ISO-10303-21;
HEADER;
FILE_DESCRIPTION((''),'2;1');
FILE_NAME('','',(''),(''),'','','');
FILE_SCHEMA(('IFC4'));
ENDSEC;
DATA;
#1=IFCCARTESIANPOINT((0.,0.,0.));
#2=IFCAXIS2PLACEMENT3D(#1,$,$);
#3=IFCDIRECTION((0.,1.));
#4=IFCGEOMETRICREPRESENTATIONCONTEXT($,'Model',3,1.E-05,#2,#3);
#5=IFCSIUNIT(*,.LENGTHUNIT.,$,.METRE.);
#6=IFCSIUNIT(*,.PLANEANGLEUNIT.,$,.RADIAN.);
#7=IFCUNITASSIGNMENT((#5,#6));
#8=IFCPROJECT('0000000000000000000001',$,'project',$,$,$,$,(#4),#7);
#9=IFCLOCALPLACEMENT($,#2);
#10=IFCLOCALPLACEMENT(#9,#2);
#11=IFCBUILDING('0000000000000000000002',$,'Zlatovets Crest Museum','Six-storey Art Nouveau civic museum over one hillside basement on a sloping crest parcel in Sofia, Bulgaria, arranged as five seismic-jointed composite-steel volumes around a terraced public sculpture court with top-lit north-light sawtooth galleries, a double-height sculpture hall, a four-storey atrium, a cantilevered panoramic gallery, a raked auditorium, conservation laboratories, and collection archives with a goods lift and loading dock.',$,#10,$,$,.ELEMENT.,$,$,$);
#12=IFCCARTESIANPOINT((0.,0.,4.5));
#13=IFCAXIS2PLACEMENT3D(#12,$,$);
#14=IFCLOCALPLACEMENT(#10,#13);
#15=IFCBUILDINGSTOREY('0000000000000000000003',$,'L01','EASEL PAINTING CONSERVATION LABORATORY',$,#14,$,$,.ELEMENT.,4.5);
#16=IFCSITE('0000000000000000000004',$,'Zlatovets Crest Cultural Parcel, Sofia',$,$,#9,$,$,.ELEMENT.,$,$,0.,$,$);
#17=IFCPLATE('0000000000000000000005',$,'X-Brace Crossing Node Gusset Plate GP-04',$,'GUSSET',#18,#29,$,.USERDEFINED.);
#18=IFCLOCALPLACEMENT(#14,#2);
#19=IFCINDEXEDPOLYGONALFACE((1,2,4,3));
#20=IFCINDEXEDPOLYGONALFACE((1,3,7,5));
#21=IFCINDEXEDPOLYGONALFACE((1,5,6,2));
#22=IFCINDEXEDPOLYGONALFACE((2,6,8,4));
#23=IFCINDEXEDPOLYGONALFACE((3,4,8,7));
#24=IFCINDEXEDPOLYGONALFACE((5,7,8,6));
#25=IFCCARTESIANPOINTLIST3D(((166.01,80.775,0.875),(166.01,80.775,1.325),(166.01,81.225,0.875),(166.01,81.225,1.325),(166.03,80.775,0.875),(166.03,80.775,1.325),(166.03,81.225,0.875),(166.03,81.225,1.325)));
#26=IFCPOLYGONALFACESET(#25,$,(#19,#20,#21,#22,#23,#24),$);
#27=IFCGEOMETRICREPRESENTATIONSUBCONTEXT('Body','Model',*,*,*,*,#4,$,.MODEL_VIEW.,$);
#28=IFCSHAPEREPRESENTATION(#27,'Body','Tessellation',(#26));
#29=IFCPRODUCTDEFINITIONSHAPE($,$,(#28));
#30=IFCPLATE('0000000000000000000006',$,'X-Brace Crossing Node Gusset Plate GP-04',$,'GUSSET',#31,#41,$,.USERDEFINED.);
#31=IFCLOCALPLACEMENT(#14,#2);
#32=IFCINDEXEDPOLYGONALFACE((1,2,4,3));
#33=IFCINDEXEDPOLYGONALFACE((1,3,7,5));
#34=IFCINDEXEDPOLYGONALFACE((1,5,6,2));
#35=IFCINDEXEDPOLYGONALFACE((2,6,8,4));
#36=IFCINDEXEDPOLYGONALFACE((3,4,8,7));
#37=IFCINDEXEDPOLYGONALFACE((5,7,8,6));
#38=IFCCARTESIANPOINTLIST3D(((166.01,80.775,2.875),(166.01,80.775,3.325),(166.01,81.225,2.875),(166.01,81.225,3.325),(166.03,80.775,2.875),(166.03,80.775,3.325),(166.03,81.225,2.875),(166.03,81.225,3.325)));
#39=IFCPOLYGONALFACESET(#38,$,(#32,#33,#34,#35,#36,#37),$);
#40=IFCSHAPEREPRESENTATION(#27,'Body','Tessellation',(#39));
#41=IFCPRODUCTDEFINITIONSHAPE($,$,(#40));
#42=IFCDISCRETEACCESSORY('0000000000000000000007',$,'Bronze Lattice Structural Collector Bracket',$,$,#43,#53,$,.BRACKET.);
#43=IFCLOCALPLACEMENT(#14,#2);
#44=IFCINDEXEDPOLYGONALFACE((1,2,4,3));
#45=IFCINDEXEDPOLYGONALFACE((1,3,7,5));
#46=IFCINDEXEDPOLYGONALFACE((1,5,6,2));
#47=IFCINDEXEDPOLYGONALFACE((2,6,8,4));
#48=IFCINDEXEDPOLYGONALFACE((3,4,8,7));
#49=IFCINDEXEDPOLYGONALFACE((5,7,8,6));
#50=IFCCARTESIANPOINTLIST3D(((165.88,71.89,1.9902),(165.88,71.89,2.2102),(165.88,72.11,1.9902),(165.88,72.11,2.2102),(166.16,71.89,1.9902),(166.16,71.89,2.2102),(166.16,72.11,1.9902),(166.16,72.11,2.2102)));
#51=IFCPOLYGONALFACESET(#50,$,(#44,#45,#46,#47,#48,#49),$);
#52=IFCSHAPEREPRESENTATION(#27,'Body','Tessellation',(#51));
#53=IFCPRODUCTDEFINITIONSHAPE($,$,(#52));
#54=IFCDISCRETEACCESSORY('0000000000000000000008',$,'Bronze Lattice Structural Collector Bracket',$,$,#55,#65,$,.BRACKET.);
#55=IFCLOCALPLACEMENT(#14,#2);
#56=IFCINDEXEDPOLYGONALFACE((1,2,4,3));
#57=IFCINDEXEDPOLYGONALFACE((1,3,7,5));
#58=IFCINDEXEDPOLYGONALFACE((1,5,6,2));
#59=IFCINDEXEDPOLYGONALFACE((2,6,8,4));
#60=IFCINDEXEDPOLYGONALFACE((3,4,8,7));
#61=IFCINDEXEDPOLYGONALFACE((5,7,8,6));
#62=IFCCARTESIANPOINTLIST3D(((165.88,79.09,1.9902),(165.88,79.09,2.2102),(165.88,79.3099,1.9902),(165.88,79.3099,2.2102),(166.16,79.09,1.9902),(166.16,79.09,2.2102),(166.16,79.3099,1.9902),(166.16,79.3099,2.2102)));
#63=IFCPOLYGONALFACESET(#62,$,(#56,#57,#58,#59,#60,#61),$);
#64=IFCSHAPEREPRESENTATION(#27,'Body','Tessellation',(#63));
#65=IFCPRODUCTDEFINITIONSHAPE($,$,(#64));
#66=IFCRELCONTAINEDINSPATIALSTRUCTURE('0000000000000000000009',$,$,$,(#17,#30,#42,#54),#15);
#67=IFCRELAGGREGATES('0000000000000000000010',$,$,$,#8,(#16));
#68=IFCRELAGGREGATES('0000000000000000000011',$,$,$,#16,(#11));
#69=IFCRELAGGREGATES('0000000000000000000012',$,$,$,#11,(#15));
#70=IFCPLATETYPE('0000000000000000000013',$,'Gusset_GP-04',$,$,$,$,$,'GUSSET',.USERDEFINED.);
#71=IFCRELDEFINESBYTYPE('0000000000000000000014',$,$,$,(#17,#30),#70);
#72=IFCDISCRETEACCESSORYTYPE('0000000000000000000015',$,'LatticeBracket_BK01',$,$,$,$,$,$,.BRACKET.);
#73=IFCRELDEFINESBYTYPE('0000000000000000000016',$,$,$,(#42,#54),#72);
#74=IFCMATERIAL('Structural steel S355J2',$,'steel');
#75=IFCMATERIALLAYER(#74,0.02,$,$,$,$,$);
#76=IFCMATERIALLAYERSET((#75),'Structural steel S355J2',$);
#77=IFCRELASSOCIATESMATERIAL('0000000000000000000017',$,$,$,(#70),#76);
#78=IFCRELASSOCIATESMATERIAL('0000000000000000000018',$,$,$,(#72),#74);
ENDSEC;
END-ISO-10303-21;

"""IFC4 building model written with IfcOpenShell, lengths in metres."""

from ifc_helpers import new_model, si_unit, direction, frame, origin, origin_2d, place, context, subcontext, project, spatial, rectangle, extrude, material, layer, layer_set, type_object, element, save


model = new_model("IFC4")

# Units and contexts
model_context = context("Model", 3, precision=1e-05, world=origin(), true_north=direction((0.0, 1.0)))
body_context = subcontext(model_context, "Body", "Model", "MODEL_VIEW")
ifc_project = project(units=[si_unit("LENGTHUNIT", "METRE"), si_unit("PLANEANGLEUNIT", "RADIAN")], contexts=[model_context])

# Site, building, storey
site_placement = place(None, origin())
site = spatial("IfcSite", under=ifc_project, at=site_placement, Name="Zlatovets Crest Cultural Parcel, Sofia", CompositionType="ELEMENT", RefElevation=0.0)
building_placement = place(site_placement, origin())
building = spatial("IfcBuilding", under=site, at=building_placement, Name="Zlatovets Crest Museum", Description="Six-storey Art Nouveau civic museum over one hillside basement on a sloping crest parcel in Sofia, Bulgaria, arranged as five seismic-jointed composite-steel volumes around a terraced public sculpture court with top-lit north-light sawtooth galleries, a double-height sculpture hall, a four-storey atrium, a cantilevered panoramic gallery, a raked auditorium, conservation laboratories, and collection archives with a goods lift and loading dock.", CompositionType="ELEMENT")
storey_placement = place(building_placement, frame((0.0, 0.0, 4.5)))
storey = spatial("IfcBuildingStorey", under=building, at=storey_placement, Name="L01", Description="EASEL PAINTING CONSERVATION LABORATORY", CompositionType="ELEMENT", Elevation=4.5)

# Plates
ifc_material_1 = material(Name="Structural steel S355J2", Category="steel")
ifc_layer = layer(ifc_material_1, 0.02)
ifc_layer_set = layer_set([ifc_layer], Name="Structural steel S355J2")
plate_type = type_object("IfcPlateType", Name="Gusset_GP-04", ElementType="GUSSET", PredefinedType="USERDEFINED", material=ifc_layer_set)
for number, where, z_axis, x_axis, name in (
    (1, (166.02, 81.0, 0.875), (0.0, 0.0, 1.0), (1.0, 0.0, 0.0), "X-Brace Crossing Node Gusset Plate GP-04"),
    (2, (166.02, 81.0, 2.875), (0.0, 0.0, 1.0), (1.0, 0.0, 0.0), "X-Brace Crossing Node Gusset Plate GP-04"),
):
    element("IfcPlate", number, at=place(storey_placement, frame(where, z_axis=z_axis, x_axis=x_axis)), inside=storey, type_object=plate_type, Name=name, ObjectType="GUSSET", PredefinedType="USERDEFINED", context=body_context, shape_type="SweptSolid", body=[
        extrude(rectangle(XDim=0.02, YDim=0.45, at=origin_2d()), origin(), (0.0, 0.0, 1.0), 0.45),
    ])

# Discrete accessories
discrete_accessory_type = type_object("IfcDiscreteAccessoryType", Name="LatticeBracket_BK01", PredefinedType="BRACKET", material=ifc_material_1)
for number, where, z_axis, x_axis, name in (
    (3, (166.02, 72.0, 1.9902), (0.0, 0.0, 1.0), (1.0, 0.0, 0.0), "Bronze Lattice Structural Collector Bracket"),
    (4, (166.02, 79.2, 1.9902), (0.0, 0.0, 1.0), (1.0, 0.0, 0.0), "Bronze Lattice Structural Collector Bracket"),
):
    element("IfcDiscreteAccessory", number, at=place(storey_placement, frame(where, z_axis=z_axis, x_axis=x_axis)), inside=storey, type_object=discrete_accessory_type, Name=name, PredefinedType="BRACKET", context=body_context, shape_type="SweptSolid", body=[
        extrude(rectangle(XDim=0.28, YDim=0.22, at=origin_2d()), origin(), (0.0, 0.0, 1.0), 0.22),
    ])

save(model, "model.ifc")
